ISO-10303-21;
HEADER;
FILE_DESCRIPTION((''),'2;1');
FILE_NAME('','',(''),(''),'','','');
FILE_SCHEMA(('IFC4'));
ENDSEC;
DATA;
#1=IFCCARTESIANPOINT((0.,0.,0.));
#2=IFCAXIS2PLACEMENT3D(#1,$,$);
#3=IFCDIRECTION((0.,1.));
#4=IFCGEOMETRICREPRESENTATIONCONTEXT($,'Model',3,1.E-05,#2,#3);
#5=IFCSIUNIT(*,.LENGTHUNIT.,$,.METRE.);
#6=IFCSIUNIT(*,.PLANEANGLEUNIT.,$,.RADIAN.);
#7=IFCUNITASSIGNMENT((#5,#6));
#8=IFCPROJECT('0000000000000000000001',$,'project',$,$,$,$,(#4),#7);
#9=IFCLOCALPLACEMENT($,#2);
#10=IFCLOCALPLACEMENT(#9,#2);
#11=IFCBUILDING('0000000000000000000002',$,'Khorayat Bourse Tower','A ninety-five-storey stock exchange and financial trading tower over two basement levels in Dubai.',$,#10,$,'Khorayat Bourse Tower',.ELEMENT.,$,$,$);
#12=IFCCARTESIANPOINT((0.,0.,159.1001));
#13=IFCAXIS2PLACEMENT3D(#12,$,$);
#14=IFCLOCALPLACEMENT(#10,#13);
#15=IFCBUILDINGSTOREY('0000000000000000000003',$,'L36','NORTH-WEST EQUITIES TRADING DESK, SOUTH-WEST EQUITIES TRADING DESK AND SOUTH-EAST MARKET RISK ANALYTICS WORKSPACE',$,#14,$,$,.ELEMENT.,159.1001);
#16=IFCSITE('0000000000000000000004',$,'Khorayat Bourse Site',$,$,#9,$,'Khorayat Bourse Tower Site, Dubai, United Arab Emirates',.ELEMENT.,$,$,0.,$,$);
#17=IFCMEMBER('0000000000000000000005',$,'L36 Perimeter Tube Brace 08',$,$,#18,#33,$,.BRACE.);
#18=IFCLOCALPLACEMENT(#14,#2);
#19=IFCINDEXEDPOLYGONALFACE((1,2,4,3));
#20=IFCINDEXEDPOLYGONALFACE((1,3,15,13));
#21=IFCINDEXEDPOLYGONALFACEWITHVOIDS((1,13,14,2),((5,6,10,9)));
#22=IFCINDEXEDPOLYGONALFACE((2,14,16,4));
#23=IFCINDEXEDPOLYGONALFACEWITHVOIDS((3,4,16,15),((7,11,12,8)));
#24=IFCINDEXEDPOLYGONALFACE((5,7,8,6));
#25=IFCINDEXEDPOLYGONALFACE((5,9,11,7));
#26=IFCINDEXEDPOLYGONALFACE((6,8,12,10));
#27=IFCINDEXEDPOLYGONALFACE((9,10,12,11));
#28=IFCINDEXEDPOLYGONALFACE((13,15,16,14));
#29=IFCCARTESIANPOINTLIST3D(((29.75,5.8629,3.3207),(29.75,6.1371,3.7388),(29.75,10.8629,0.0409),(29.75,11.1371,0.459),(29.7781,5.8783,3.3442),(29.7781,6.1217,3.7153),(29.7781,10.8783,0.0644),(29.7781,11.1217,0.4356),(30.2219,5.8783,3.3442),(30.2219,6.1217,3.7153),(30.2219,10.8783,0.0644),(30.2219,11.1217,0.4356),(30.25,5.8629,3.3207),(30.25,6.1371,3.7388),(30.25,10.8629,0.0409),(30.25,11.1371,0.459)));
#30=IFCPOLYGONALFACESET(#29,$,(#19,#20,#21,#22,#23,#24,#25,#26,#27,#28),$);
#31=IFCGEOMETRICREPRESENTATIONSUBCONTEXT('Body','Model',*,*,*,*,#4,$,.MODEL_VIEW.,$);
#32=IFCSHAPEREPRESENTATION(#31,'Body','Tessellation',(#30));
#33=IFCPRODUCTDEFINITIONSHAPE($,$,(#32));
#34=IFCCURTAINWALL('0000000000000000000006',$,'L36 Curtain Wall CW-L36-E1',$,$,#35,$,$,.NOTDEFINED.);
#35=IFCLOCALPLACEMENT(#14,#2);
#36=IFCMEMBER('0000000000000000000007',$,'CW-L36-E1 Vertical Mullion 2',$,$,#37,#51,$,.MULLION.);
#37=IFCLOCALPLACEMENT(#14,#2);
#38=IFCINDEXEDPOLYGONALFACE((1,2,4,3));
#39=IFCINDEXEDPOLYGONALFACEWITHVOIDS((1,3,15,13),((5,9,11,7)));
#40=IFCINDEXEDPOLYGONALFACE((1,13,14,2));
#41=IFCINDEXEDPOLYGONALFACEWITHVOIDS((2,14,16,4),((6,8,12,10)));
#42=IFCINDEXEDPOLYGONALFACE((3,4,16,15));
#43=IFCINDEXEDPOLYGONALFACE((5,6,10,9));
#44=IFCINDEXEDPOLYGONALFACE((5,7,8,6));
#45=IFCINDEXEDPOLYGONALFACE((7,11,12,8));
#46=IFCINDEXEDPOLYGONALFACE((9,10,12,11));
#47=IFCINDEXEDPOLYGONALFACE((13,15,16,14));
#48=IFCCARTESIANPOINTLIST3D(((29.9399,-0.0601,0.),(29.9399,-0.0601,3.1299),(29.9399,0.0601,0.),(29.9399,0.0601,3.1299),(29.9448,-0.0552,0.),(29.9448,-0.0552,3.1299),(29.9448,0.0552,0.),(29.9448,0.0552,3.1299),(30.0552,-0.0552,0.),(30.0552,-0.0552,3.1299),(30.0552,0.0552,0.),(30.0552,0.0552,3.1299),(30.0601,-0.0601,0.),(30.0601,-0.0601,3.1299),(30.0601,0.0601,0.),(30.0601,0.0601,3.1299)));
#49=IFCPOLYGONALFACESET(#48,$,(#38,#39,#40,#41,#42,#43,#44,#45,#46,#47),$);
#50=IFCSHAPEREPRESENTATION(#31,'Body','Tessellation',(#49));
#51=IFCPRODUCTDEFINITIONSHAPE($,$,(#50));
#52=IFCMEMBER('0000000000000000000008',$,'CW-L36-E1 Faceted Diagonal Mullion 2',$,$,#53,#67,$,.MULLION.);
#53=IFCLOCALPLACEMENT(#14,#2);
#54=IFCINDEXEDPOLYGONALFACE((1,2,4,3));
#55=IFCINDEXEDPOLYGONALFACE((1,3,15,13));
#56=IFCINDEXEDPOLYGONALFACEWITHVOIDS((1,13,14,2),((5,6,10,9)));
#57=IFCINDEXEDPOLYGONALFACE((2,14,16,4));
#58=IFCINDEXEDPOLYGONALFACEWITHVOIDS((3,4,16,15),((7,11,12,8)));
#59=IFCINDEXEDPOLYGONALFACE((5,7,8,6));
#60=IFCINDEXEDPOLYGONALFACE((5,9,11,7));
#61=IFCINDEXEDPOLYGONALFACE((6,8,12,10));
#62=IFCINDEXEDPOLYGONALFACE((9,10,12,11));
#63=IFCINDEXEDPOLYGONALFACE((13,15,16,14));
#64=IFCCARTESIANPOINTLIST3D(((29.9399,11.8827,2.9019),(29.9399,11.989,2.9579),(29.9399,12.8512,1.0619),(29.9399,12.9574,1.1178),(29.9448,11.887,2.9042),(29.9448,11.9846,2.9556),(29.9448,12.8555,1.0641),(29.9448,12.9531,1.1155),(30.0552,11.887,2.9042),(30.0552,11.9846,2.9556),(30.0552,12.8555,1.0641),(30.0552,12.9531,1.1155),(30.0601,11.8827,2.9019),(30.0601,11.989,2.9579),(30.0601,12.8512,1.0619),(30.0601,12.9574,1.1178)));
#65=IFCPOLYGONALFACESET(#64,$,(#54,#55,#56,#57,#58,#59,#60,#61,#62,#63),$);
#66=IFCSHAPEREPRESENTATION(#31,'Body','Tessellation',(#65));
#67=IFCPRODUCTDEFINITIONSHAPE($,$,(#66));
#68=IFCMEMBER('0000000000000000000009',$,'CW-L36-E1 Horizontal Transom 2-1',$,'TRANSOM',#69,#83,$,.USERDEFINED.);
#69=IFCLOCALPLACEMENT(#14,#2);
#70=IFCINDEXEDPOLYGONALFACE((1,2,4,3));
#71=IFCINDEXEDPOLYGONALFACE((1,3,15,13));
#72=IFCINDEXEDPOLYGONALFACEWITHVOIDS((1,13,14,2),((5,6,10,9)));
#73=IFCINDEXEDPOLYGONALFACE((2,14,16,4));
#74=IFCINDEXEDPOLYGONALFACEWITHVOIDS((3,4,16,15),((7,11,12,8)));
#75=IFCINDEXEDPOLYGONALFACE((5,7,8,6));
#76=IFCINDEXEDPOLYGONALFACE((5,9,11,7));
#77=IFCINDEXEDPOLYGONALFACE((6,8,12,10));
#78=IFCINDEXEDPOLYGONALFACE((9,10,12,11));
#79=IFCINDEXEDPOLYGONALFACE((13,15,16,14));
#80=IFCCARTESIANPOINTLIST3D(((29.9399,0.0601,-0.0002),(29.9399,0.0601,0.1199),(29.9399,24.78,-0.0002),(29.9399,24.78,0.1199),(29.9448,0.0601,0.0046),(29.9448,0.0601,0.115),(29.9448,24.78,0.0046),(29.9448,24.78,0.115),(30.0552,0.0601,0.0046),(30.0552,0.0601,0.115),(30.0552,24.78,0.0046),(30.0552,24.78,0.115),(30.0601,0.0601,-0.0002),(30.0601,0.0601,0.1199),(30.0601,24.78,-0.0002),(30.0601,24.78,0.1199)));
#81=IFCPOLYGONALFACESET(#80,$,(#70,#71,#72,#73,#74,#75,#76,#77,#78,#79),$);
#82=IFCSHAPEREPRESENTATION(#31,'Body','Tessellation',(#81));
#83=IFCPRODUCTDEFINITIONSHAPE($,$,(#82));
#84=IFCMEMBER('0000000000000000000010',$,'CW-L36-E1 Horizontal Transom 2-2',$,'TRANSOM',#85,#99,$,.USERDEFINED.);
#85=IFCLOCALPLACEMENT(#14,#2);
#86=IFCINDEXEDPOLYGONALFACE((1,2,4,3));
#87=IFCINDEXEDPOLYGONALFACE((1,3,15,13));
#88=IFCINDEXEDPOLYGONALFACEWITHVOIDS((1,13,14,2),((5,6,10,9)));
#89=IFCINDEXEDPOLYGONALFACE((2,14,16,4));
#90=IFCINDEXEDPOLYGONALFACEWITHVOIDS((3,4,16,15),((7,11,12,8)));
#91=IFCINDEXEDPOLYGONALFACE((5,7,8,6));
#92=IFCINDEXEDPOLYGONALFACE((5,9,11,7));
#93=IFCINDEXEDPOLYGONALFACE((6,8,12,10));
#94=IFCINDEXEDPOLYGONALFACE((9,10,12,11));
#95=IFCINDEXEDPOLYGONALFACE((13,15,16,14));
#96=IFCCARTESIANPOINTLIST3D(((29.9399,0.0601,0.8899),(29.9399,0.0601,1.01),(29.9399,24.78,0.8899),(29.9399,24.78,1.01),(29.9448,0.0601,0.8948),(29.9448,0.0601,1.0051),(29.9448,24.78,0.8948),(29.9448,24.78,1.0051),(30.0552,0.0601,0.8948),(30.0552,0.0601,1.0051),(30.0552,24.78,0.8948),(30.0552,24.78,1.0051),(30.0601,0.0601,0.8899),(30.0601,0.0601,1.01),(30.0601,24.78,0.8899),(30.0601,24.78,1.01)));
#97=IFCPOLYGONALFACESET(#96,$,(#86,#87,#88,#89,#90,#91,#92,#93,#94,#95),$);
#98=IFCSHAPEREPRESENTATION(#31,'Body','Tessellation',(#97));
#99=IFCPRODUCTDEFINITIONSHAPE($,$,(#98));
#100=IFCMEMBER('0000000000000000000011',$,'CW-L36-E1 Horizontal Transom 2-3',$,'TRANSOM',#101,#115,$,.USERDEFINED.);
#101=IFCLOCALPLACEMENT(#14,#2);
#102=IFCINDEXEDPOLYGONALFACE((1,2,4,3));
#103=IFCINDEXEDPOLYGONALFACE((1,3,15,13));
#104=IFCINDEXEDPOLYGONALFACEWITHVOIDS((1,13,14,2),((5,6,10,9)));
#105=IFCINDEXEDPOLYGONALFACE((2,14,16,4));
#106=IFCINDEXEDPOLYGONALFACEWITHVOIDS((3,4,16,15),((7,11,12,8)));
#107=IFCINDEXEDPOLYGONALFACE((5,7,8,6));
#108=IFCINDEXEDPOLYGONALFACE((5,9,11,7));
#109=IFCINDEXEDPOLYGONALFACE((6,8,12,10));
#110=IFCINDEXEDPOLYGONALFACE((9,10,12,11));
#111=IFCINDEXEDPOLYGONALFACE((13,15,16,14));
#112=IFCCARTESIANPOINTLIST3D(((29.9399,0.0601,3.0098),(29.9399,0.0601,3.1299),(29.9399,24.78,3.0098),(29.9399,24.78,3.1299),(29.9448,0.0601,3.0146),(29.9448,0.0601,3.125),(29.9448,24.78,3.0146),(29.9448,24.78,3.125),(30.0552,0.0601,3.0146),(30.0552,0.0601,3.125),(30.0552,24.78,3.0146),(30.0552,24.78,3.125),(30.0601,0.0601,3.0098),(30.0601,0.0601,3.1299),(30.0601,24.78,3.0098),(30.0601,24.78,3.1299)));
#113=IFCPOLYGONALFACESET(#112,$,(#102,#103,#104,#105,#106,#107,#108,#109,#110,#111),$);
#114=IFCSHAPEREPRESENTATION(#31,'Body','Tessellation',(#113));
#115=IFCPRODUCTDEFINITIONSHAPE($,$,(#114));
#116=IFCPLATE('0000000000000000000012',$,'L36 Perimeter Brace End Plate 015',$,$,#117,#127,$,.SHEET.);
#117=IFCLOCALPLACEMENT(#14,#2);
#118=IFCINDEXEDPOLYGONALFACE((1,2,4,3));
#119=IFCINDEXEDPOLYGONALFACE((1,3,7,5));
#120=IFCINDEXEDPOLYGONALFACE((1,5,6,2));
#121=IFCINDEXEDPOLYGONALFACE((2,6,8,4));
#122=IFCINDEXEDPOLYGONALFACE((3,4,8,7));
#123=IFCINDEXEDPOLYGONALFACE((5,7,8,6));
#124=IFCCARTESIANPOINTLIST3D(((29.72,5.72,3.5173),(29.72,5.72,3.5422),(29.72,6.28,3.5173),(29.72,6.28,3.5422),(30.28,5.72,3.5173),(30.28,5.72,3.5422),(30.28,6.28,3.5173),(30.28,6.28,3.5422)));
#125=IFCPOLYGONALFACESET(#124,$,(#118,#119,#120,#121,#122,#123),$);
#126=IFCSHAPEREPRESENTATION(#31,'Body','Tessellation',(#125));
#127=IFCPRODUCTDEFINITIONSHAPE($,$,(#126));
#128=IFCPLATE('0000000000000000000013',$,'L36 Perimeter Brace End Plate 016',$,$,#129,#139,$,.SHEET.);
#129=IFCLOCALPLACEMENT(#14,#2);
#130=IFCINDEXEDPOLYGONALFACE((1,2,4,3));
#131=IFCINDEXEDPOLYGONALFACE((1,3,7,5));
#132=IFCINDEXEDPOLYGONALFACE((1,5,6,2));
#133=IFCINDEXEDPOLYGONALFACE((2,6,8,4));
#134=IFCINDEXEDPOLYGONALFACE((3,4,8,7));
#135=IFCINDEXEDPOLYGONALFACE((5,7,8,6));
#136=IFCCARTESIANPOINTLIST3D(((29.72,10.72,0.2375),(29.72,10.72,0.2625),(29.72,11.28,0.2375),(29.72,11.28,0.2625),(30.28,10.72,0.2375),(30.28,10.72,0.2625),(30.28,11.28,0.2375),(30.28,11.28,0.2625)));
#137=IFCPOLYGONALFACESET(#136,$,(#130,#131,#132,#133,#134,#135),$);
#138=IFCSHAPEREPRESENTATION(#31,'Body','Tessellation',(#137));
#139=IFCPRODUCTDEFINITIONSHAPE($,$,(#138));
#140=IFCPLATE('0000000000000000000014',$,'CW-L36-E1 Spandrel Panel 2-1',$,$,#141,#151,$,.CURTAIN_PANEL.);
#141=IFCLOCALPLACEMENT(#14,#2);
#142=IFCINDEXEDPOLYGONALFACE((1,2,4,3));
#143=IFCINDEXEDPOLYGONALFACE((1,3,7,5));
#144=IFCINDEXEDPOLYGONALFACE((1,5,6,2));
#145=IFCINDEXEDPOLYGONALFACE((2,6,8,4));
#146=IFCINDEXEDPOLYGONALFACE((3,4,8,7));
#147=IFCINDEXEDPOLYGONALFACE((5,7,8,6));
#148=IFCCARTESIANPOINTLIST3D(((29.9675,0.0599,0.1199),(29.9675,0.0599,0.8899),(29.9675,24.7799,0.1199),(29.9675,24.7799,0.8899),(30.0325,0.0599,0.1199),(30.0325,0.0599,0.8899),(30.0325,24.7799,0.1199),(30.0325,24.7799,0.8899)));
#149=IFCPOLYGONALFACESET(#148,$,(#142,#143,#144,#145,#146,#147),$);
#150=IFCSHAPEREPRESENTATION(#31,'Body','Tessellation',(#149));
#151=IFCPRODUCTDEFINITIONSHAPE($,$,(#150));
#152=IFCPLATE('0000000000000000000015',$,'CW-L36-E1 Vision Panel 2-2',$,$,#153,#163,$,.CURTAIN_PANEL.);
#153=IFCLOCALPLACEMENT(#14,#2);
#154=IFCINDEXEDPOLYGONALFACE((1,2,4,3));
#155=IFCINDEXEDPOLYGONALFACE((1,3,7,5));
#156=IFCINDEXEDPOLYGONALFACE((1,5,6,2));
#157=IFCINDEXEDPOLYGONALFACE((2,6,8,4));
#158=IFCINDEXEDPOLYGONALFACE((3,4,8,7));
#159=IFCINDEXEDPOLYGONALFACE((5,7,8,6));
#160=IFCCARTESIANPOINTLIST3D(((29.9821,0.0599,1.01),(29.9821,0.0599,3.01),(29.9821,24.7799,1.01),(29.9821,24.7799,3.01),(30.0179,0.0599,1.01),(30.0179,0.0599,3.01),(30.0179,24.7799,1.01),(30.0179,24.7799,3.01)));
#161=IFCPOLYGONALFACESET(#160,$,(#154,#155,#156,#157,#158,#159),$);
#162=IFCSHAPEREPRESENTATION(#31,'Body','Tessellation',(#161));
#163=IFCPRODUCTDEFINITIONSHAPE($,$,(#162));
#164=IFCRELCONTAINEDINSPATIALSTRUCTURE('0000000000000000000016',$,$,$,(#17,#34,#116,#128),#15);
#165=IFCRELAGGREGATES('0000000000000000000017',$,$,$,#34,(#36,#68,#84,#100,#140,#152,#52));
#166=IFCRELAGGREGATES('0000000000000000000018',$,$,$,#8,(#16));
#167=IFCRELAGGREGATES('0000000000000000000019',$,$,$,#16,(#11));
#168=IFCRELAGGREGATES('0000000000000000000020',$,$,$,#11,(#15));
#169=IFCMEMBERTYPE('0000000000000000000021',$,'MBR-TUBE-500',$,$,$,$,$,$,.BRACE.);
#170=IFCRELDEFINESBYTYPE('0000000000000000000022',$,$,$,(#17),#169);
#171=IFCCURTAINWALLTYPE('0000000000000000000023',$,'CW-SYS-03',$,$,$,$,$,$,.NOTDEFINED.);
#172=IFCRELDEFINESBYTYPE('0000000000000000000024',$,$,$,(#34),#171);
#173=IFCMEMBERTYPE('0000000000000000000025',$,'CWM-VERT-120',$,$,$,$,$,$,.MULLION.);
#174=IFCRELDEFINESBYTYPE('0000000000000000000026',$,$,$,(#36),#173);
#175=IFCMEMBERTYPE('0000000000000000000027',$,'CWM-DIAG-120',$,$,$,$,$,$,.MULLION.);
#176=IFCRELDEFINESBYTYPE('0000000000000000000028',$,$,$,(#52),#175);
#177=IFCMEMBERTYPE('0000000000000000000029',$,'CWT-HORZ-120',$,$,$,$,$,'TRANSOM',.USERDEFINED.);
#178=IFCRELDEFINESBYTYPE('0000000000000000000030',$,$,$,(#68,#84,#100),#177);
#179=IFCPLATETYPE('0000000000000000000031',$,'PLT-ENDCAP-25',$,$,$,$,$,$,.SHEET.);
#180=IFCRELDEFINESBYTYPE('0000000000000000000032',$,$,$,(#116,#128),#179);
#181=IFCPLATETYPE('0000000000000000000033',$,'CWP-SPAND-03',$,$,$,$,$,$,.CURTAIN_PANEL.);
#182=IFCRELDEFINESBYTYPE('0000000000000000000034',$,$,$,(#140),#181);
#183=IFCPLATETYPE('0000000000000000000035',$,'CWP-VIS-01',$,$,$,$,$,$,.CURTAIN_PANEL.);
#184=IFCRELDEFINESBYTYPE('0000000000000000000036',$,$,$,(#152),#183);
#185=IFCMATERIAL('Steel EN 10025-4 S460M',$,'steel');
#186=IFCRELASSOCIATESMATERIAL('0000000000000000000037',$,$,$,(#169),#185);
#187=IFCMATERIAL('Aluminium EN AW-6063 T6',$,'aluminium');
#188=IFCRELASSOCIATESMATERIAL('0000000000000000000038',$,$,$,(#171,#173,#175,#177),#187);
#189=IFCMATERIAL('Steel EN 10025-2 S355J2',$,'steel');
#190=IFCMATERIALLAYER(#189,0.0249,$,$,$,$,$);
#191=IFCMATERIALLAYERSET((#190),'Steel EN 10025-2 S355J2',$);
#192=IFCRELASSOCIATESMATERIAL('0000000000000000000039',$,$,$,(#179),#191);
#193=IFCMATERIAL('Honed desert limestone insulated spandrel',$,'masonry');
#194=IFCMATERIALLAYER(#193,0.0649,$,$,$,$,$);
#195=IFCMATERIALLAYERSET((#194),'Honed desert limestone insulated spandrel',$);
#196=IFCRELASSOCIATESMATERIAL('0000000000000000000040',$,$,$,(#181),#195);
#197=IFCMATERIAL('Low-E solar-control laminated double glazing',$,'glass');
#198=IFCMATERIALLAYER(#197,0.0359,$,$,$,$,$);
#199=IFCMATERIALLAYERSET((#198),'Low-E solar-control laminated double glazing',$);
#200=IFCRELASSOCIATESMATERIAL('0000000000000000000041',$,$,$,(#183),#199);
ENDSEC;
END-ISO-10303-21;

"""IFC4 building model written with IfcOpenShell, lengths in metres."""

from ifc_helpers import new_model, si_unit, direction, frame, origin, origin_2d, place, context, subcontext, project, spatial, rectangle, hollow_rectangle, extrude, source, transform, mapped, material, layer, layer_set, material_profile, profile_set, type_object, element, aggregate, save


model = new_model("IFC4")

# Units and contexts
model_context = context("Model", 3, precision=1e-05, world=origin(), true_north=direction((0.0, 1.0)))
body_context = subcontext(model_context, "Body", "Model", "MODEL_VIEW")
ifc_project = project(units=[si_unit("LENGTHUNIT", "METRE"), si_unit("PLANEANGLEUNIT", "RADIAN")], contexts=[model_context])

# Site, building, storey
site_placement = place(None, origin())
site = spatial("IfcSite", under=ifc_project, at=site_placement, Name="Khorayat Bourse Site", LongName="Khorayat Bourse Tower Site, Dubai, United Arab Emirates", CompositionType="ELEMENT", RefElevation=0.0)
building_placement = place(site_placement, origin())
building = spatial("IfcBuilding", under=site, at=building_placement, Name="Khorayat Bourse Tower", Description="A ninety-five-storey stock exchange and financial trading tower over two basement levels in Dubai.", LongName="Khorayat Bourse Tower", CompositionType="ELEMENT")
storey_placement = place(building_placement, frame((0.0, 0.0, 159.1001)))
storey = spatial("IfcBuildingStorey", under=building, at=storey_placement, Name="L36", Description="NORTH-WEST EQUITIES TRADING DESK, SOUTH-WEST EQUITIES TRADING DESK AND SOUTH-EAST MARKET RISK ANALYTICS WORKSPACE", CompositionType="ELEMENT", Elevation=159.1001)

# Shared definitions
ifc_material_1 = material(Name="Steel EN 10025-4 S460M", Category="steel")

# Member
ifc_material_profile_1 = material_profile(ifc_material_1, hollow_rectangle(XDim=0.5, YDim=0.5, WallThickness=0.0281, at=origin_2d()), Name="HSS 500x500x28")
ifc_profile_set_1 = profile_set([ifc_material_profile_1], Name="Steel EN 10025-4 S460M")
member_type_1 = type_object("IfcMemberType", Name="MBR-TUBE-500", PredefinedType="BRACE", material=ifc_profile_set_1)
shared_shape_1 = source(origin(), body_context, "Body", "SweptSolid", [
    extrude(hollow_rectangle(XDim=0.5, YDim=0.5, WallThickness=0.0281, at=origin_2d()), origin(), (0.0, 0.0, 1.0), 5.9797),
])
member_1_placement = place(storey_placement, frame((30.0, 6.0, 3.5298), z_axis=(0.0, 0.83616, -0.548485), x_axis=(-1.0, 0.0, 0.0)))
element("IfcMember", 1, at=member_1_placement, inside=storey, type_object=member_type_1, Name="L36 Perimeter Tube Brace 08", PredefinedType="BRACE", context=body_context, shape_type="MappedRepresentation", body=[
    mapped(shared_shape_1, transform((0.0, 0.0, 0.0), scale=1.0)),
])

# Curtain wall, members
ifc_material_2 = material(Name="Aluminium EN AW-6063 T6", Category="aluminium")
curtain_wall_type = type_object("IfcCurtainWallType", Name="CW-SYS-03", PredefinedType="NOTDEFINED", material=ifc_material_2)
curtain_wall_placement = place(storey_placement, origin())
curtain_wall = element("IfcCurtainWall", 2, at=curtain_wall_placement, inside=storey, type_object=curtain_wall_type, Name="L36 Curtain Wall CW-L36-E1", PredefinedType="NOTDEFINED")
ifc_material_profile_2 = material_profile(ifc_material_2, hollow_rectangle(XDim=0.1201, YDim=0.1201, WallThickness=0.0049, at=origin_2d()), Name="ALU 120x120x5")
ifc_profile_set_2 = profile_set([ifc_material_profile_2], Name="Aluminium EN AW-6063 T6")
member_type_2 = type_object("IfcMemberType", Name="CWM-VERT-120", PredefinedType="MULLION", material=ifc_profile_set_2)
shared_shape_2 = source(origin(), body_context, "Body", "SweptSolid", [
    extrude(hollow_rectangle(XDim=0.1201, YDim=0.1201, WallThickness=0.0049, at=origin_2d()), origin(), (0.0, 0.0, 1.0), 3.1299),
])
member_2_placement = place(storey_placement, frame((30.0, 0.0, 0.0), z_axis=(0.0, 0.0, 1.0), x_axis=(-1.0, 0.0, 0.0)))
member_2 = element("IfcMember", 3, at=member_2_placement, type_object=member_type_2, Name="CW-L36-E1 Vertical Mullion 2", PredefinedType="MULLION", context=body_context, shape_type="MappedRepresentation", body=[
    mapped(shared_shape_2, transform((0.0, 0.0, 0.0), scale=1.0)),
])
ifc_material_profile_3 = material_profile(ifc_material_2, hollow_rectangle(XDim=0.1201, YDim=0.1201, WallThickness=0.0049, at=origin_2d()), Name="ALU 120x120x5")
ifc_profile_set_3 = profile_set([ifc_material_profile_3], Name="Aluminium EN AW-6063 T6")
member_type_3 = type_object("IfcMemberType", Name="CWM-DIAG-120", PredefinedType="MULLION", material=ifc_profile_set_3)
shared_shape_3 = source(origin(), body_context, "Body", "SweptSolid", [
    extrude(hollow_rectangle(XDim=0.1201, YDim=0.1201, WallThickness=0.0049, at=origin_2d()), origin(), (0.0, 0.0, 1.0), 2.0793),
])
member_3_placement = place(storey_placement, frame((30.0, 12.9043, 1.0898), z_axis=(0.0, -0.465761, 0.884911), x_axis=(1.0, 0.0, 0.0)))
member_3 = element("IfcMember", 4, at=member_3_placement, type_object=member_type_3, Name="CW-L36-E1 Faceted Diagonal Mullion 2", PredefinedType="MULLION", context=body_context, shape_type="MappedRepresentation", body=[
    mapped(shared_shape_3, transform((0.0, 0.0, 0.0), scale=1.0)),
])
ifc_material_profile_4 = material_profile(ifc_material_2, hollow_rectangle(XDim=0.1201, YDim=0.1201, WallThickness=0.0049, at=origin_2d()), Name="ALU 120x120x5")
ifc_profile_set_4 = profile_set([ifc_material_profile_4], Name="Aluminium EN AW-6063 T6")
member_type_4 = type_object("IfcMemberType", Name="CWT-HORZ-120", ElementType="TRANSOM", PredefinedType="USERDEFINED", material=ifc_profile_set_4)
shared_shape_4 = source(origin(), body_context, "Body", "SweptSolid", [
    extrude(hollow_rectangle(XDim=0.1201, YDim=0.1201, WallThickness=0.0049, at=origin_2d()), origin(), (0.0, 0.0, 1.0), 24.72),
])
member_4_placement = place(storey_placement, frame((30.0, 0.0601, 0.0598), z_axis=(0.0, 1.0, 0.0), x_axis=(-1.0, 0.0, 0.0)))
member_4 = element("IfcMember", 5, at=member_4_placement, type_object=member_type_4, Name="CW-L36-E1 Horizontal Transom 2-1", ObjectType="TRANSOM", PredefinedType="USERDEFINED", context=body_context, shape_type="MappedRepresentation", body=[
    mapped(shared_shape_4, transform((0.0, 0.0, 0.0), scale=1.0)),
])
member_5_placement = place(storey_placement, frame((30.0, 0.0601, 0.95), z_axis=(0.0, 1.0, 0.0), x_axis=(-1.0, 0.0, 0.0)))
member_5 = element("IfcMember", 6, at=member_5_placement, type_object=member_type_4, Name="CW-L36-E1 Horizontal Transom 2-2", ObjectType="TRANSOM", PredefinedType="USERDEFINED", context=body_context, shape_type="MappedRepresentation", body=[
    mapped(shared_shape_4, transform((0.0, 0.0, 0.0), scale=1.0)),
])
member_6_placement = place(storey_placement, frame((30.0, 0.0601, 3.0698), z_axis=(0.0, 1.0, 0.0), x_axis=(-1.0, 0.0, 0.0)))
member_6 = element("IfcMember", 7, at=member_6_placement, type_object=member_type_4, Name="CW-L36-E1 Horizontal Transom 2-3", ObjectType="TRANSOM", PredefinedType="USERDEFINED", context=body_context, shape_type="MappedRepresentation", body=[
    mapped(shared_shape_4, transform((0.0, 0.0, 0.0), scale=1.0)),
])

# Plates
ifc_material_3 = material(Name="Steel EN 10025-2 S355J2", Category="steel")
ifc_layer_1 = layer(ifc_material_3, 0.0249)
ifc_layer_set_1 = layer_set([ifc_layer_1], Name="Steel EN 10025-2 S355J2")
plate_type_1 = type_object("IfcPlateType", Name="PLT-ENDCAP-25", PredefinedType="SHEET", material=ifc_layer_set_1)
shared_shape_5 = source(origin(), body_context, "Body", "SweptSolid", [
    extrude(rectangle(XDim=0.5601, YDim=0.5601, at=origin_2d()), origin(), (0.0, 0.0, 1.0), 0.0249),
])
for number, where, z_axis, x_axis, name in (
    (8, (30.0, 6.0, 3.5173), (0.0, 0.0, 1.0), (1.0, 0.0, 0.0), "L36 Perimeter Brace End Plate 015"),
    (9, (30.0, 11.0, 0.2375), (0.0, 0.0, 1.0), (1.0, 0.0, 0.0), "L36 Perimeter Brace End Plate 016"),
):
    element("IfcPlate", number, at=place(storey_placement, frame(where, z_axis=z_axis, x_axis=x_axis)), inside=storey, type_object=plate_type_1, Name=name, PredefinedType="SHEET", context=body_context, shape_type="MappedRepresentation", body=[
        mapped(shared_shape_5, transform((0.0, 0.0, 0.0), scale=1.0)),
    ])

# Plates
ifc_material_4 = material(Name="Honed desert limestone insulated spandrel", Category="masonry")
ifc_layer_2 = layer(ifc_material_4, 0.0649)
ifc_layer_set_2 = layer_set([ifc_layer_2], Name="Honed desert limestone insulated spandrel")
plate_type_2 = type_object("IfcPlateType", Name="CWP-SPAND-03", PredefinedType="CURTAIN_PANEL", material=ifc_layer_set_2)
shared_shape_6 = source(origin(), body_context, "Body", "SweptSolid", [
    extrude(rectangle(XDim=24.72, YDim=0.0649, at=origin_2d()), origin(), (0.0, 0.0, 1.0), 0.77),
])
plate_1_placement = place(storey_placement, frame((30.0, 12.4199, 0.1199), z_axis=(0.0, 0.0, 1.0), x_axis=(0.0, 1.0, 0.0)))
plate_1 = element("IfcPlate", 10, at=plate_1_placement, type_object=plate_type_2, Name="CW-L36-E1 Spandrel Panel 2-1", PredefinedType="CURTAIN_PANEL", context=body_context, shape_type="MappedRepresentation", body=[
    mapped(shared_shape_6, transform((0.0, 0.0, 0.0), scale=1.0)),
])
ifc_material_5 = material(Name="Low-E solar-control laminated double glazing", Category="glass")
ifc_layer_3 = layer(ifc_material_5, 0.0359)
ifc_layer_set_3 = layer_set([ifc_layer_3], Name="Low-E solar-control laminated double glazing")
plate_type_3 = type_object("IfcPlateType", Name="CWP-VIS-01", PredefinedType="CURTAIN_PANEL", material=ifc_layer_set_3)
shared_shape_7 = source(origin(), body_context, "Body", "SweptSolid", [
    extrude(rectangle(XDim=24.72, YDim=0.0359, at=origin_2d()), origin(), (0.0, 0.0, 1.0), 2.0),
])
plate_2_placement = place(storey_placement, frame((30.0, 12.4199, 1.01), z_axis=(0.0, 0.0, 1.0), x_axis=(0.0, 1.0, 0.0)))
plate_2 = element("IfcPlate", 11, at=plate_2_placement, type_object=plate_type_3, Name="CW-L36-E1 Vision Panel 2-2", PredefinedType="CURTAIN_PANEL", context=body_context, shape_type="MappedRepresentation", body=[
    mapped(shared_shape_7, transform((0.0, 0.0, 0.0), scale=1.0)),
])
aggregate(curtain_wall, [member_2, member_4, member_5, member_6, plate_1, plate_2, member_3])

save(model, "model.ifc")
